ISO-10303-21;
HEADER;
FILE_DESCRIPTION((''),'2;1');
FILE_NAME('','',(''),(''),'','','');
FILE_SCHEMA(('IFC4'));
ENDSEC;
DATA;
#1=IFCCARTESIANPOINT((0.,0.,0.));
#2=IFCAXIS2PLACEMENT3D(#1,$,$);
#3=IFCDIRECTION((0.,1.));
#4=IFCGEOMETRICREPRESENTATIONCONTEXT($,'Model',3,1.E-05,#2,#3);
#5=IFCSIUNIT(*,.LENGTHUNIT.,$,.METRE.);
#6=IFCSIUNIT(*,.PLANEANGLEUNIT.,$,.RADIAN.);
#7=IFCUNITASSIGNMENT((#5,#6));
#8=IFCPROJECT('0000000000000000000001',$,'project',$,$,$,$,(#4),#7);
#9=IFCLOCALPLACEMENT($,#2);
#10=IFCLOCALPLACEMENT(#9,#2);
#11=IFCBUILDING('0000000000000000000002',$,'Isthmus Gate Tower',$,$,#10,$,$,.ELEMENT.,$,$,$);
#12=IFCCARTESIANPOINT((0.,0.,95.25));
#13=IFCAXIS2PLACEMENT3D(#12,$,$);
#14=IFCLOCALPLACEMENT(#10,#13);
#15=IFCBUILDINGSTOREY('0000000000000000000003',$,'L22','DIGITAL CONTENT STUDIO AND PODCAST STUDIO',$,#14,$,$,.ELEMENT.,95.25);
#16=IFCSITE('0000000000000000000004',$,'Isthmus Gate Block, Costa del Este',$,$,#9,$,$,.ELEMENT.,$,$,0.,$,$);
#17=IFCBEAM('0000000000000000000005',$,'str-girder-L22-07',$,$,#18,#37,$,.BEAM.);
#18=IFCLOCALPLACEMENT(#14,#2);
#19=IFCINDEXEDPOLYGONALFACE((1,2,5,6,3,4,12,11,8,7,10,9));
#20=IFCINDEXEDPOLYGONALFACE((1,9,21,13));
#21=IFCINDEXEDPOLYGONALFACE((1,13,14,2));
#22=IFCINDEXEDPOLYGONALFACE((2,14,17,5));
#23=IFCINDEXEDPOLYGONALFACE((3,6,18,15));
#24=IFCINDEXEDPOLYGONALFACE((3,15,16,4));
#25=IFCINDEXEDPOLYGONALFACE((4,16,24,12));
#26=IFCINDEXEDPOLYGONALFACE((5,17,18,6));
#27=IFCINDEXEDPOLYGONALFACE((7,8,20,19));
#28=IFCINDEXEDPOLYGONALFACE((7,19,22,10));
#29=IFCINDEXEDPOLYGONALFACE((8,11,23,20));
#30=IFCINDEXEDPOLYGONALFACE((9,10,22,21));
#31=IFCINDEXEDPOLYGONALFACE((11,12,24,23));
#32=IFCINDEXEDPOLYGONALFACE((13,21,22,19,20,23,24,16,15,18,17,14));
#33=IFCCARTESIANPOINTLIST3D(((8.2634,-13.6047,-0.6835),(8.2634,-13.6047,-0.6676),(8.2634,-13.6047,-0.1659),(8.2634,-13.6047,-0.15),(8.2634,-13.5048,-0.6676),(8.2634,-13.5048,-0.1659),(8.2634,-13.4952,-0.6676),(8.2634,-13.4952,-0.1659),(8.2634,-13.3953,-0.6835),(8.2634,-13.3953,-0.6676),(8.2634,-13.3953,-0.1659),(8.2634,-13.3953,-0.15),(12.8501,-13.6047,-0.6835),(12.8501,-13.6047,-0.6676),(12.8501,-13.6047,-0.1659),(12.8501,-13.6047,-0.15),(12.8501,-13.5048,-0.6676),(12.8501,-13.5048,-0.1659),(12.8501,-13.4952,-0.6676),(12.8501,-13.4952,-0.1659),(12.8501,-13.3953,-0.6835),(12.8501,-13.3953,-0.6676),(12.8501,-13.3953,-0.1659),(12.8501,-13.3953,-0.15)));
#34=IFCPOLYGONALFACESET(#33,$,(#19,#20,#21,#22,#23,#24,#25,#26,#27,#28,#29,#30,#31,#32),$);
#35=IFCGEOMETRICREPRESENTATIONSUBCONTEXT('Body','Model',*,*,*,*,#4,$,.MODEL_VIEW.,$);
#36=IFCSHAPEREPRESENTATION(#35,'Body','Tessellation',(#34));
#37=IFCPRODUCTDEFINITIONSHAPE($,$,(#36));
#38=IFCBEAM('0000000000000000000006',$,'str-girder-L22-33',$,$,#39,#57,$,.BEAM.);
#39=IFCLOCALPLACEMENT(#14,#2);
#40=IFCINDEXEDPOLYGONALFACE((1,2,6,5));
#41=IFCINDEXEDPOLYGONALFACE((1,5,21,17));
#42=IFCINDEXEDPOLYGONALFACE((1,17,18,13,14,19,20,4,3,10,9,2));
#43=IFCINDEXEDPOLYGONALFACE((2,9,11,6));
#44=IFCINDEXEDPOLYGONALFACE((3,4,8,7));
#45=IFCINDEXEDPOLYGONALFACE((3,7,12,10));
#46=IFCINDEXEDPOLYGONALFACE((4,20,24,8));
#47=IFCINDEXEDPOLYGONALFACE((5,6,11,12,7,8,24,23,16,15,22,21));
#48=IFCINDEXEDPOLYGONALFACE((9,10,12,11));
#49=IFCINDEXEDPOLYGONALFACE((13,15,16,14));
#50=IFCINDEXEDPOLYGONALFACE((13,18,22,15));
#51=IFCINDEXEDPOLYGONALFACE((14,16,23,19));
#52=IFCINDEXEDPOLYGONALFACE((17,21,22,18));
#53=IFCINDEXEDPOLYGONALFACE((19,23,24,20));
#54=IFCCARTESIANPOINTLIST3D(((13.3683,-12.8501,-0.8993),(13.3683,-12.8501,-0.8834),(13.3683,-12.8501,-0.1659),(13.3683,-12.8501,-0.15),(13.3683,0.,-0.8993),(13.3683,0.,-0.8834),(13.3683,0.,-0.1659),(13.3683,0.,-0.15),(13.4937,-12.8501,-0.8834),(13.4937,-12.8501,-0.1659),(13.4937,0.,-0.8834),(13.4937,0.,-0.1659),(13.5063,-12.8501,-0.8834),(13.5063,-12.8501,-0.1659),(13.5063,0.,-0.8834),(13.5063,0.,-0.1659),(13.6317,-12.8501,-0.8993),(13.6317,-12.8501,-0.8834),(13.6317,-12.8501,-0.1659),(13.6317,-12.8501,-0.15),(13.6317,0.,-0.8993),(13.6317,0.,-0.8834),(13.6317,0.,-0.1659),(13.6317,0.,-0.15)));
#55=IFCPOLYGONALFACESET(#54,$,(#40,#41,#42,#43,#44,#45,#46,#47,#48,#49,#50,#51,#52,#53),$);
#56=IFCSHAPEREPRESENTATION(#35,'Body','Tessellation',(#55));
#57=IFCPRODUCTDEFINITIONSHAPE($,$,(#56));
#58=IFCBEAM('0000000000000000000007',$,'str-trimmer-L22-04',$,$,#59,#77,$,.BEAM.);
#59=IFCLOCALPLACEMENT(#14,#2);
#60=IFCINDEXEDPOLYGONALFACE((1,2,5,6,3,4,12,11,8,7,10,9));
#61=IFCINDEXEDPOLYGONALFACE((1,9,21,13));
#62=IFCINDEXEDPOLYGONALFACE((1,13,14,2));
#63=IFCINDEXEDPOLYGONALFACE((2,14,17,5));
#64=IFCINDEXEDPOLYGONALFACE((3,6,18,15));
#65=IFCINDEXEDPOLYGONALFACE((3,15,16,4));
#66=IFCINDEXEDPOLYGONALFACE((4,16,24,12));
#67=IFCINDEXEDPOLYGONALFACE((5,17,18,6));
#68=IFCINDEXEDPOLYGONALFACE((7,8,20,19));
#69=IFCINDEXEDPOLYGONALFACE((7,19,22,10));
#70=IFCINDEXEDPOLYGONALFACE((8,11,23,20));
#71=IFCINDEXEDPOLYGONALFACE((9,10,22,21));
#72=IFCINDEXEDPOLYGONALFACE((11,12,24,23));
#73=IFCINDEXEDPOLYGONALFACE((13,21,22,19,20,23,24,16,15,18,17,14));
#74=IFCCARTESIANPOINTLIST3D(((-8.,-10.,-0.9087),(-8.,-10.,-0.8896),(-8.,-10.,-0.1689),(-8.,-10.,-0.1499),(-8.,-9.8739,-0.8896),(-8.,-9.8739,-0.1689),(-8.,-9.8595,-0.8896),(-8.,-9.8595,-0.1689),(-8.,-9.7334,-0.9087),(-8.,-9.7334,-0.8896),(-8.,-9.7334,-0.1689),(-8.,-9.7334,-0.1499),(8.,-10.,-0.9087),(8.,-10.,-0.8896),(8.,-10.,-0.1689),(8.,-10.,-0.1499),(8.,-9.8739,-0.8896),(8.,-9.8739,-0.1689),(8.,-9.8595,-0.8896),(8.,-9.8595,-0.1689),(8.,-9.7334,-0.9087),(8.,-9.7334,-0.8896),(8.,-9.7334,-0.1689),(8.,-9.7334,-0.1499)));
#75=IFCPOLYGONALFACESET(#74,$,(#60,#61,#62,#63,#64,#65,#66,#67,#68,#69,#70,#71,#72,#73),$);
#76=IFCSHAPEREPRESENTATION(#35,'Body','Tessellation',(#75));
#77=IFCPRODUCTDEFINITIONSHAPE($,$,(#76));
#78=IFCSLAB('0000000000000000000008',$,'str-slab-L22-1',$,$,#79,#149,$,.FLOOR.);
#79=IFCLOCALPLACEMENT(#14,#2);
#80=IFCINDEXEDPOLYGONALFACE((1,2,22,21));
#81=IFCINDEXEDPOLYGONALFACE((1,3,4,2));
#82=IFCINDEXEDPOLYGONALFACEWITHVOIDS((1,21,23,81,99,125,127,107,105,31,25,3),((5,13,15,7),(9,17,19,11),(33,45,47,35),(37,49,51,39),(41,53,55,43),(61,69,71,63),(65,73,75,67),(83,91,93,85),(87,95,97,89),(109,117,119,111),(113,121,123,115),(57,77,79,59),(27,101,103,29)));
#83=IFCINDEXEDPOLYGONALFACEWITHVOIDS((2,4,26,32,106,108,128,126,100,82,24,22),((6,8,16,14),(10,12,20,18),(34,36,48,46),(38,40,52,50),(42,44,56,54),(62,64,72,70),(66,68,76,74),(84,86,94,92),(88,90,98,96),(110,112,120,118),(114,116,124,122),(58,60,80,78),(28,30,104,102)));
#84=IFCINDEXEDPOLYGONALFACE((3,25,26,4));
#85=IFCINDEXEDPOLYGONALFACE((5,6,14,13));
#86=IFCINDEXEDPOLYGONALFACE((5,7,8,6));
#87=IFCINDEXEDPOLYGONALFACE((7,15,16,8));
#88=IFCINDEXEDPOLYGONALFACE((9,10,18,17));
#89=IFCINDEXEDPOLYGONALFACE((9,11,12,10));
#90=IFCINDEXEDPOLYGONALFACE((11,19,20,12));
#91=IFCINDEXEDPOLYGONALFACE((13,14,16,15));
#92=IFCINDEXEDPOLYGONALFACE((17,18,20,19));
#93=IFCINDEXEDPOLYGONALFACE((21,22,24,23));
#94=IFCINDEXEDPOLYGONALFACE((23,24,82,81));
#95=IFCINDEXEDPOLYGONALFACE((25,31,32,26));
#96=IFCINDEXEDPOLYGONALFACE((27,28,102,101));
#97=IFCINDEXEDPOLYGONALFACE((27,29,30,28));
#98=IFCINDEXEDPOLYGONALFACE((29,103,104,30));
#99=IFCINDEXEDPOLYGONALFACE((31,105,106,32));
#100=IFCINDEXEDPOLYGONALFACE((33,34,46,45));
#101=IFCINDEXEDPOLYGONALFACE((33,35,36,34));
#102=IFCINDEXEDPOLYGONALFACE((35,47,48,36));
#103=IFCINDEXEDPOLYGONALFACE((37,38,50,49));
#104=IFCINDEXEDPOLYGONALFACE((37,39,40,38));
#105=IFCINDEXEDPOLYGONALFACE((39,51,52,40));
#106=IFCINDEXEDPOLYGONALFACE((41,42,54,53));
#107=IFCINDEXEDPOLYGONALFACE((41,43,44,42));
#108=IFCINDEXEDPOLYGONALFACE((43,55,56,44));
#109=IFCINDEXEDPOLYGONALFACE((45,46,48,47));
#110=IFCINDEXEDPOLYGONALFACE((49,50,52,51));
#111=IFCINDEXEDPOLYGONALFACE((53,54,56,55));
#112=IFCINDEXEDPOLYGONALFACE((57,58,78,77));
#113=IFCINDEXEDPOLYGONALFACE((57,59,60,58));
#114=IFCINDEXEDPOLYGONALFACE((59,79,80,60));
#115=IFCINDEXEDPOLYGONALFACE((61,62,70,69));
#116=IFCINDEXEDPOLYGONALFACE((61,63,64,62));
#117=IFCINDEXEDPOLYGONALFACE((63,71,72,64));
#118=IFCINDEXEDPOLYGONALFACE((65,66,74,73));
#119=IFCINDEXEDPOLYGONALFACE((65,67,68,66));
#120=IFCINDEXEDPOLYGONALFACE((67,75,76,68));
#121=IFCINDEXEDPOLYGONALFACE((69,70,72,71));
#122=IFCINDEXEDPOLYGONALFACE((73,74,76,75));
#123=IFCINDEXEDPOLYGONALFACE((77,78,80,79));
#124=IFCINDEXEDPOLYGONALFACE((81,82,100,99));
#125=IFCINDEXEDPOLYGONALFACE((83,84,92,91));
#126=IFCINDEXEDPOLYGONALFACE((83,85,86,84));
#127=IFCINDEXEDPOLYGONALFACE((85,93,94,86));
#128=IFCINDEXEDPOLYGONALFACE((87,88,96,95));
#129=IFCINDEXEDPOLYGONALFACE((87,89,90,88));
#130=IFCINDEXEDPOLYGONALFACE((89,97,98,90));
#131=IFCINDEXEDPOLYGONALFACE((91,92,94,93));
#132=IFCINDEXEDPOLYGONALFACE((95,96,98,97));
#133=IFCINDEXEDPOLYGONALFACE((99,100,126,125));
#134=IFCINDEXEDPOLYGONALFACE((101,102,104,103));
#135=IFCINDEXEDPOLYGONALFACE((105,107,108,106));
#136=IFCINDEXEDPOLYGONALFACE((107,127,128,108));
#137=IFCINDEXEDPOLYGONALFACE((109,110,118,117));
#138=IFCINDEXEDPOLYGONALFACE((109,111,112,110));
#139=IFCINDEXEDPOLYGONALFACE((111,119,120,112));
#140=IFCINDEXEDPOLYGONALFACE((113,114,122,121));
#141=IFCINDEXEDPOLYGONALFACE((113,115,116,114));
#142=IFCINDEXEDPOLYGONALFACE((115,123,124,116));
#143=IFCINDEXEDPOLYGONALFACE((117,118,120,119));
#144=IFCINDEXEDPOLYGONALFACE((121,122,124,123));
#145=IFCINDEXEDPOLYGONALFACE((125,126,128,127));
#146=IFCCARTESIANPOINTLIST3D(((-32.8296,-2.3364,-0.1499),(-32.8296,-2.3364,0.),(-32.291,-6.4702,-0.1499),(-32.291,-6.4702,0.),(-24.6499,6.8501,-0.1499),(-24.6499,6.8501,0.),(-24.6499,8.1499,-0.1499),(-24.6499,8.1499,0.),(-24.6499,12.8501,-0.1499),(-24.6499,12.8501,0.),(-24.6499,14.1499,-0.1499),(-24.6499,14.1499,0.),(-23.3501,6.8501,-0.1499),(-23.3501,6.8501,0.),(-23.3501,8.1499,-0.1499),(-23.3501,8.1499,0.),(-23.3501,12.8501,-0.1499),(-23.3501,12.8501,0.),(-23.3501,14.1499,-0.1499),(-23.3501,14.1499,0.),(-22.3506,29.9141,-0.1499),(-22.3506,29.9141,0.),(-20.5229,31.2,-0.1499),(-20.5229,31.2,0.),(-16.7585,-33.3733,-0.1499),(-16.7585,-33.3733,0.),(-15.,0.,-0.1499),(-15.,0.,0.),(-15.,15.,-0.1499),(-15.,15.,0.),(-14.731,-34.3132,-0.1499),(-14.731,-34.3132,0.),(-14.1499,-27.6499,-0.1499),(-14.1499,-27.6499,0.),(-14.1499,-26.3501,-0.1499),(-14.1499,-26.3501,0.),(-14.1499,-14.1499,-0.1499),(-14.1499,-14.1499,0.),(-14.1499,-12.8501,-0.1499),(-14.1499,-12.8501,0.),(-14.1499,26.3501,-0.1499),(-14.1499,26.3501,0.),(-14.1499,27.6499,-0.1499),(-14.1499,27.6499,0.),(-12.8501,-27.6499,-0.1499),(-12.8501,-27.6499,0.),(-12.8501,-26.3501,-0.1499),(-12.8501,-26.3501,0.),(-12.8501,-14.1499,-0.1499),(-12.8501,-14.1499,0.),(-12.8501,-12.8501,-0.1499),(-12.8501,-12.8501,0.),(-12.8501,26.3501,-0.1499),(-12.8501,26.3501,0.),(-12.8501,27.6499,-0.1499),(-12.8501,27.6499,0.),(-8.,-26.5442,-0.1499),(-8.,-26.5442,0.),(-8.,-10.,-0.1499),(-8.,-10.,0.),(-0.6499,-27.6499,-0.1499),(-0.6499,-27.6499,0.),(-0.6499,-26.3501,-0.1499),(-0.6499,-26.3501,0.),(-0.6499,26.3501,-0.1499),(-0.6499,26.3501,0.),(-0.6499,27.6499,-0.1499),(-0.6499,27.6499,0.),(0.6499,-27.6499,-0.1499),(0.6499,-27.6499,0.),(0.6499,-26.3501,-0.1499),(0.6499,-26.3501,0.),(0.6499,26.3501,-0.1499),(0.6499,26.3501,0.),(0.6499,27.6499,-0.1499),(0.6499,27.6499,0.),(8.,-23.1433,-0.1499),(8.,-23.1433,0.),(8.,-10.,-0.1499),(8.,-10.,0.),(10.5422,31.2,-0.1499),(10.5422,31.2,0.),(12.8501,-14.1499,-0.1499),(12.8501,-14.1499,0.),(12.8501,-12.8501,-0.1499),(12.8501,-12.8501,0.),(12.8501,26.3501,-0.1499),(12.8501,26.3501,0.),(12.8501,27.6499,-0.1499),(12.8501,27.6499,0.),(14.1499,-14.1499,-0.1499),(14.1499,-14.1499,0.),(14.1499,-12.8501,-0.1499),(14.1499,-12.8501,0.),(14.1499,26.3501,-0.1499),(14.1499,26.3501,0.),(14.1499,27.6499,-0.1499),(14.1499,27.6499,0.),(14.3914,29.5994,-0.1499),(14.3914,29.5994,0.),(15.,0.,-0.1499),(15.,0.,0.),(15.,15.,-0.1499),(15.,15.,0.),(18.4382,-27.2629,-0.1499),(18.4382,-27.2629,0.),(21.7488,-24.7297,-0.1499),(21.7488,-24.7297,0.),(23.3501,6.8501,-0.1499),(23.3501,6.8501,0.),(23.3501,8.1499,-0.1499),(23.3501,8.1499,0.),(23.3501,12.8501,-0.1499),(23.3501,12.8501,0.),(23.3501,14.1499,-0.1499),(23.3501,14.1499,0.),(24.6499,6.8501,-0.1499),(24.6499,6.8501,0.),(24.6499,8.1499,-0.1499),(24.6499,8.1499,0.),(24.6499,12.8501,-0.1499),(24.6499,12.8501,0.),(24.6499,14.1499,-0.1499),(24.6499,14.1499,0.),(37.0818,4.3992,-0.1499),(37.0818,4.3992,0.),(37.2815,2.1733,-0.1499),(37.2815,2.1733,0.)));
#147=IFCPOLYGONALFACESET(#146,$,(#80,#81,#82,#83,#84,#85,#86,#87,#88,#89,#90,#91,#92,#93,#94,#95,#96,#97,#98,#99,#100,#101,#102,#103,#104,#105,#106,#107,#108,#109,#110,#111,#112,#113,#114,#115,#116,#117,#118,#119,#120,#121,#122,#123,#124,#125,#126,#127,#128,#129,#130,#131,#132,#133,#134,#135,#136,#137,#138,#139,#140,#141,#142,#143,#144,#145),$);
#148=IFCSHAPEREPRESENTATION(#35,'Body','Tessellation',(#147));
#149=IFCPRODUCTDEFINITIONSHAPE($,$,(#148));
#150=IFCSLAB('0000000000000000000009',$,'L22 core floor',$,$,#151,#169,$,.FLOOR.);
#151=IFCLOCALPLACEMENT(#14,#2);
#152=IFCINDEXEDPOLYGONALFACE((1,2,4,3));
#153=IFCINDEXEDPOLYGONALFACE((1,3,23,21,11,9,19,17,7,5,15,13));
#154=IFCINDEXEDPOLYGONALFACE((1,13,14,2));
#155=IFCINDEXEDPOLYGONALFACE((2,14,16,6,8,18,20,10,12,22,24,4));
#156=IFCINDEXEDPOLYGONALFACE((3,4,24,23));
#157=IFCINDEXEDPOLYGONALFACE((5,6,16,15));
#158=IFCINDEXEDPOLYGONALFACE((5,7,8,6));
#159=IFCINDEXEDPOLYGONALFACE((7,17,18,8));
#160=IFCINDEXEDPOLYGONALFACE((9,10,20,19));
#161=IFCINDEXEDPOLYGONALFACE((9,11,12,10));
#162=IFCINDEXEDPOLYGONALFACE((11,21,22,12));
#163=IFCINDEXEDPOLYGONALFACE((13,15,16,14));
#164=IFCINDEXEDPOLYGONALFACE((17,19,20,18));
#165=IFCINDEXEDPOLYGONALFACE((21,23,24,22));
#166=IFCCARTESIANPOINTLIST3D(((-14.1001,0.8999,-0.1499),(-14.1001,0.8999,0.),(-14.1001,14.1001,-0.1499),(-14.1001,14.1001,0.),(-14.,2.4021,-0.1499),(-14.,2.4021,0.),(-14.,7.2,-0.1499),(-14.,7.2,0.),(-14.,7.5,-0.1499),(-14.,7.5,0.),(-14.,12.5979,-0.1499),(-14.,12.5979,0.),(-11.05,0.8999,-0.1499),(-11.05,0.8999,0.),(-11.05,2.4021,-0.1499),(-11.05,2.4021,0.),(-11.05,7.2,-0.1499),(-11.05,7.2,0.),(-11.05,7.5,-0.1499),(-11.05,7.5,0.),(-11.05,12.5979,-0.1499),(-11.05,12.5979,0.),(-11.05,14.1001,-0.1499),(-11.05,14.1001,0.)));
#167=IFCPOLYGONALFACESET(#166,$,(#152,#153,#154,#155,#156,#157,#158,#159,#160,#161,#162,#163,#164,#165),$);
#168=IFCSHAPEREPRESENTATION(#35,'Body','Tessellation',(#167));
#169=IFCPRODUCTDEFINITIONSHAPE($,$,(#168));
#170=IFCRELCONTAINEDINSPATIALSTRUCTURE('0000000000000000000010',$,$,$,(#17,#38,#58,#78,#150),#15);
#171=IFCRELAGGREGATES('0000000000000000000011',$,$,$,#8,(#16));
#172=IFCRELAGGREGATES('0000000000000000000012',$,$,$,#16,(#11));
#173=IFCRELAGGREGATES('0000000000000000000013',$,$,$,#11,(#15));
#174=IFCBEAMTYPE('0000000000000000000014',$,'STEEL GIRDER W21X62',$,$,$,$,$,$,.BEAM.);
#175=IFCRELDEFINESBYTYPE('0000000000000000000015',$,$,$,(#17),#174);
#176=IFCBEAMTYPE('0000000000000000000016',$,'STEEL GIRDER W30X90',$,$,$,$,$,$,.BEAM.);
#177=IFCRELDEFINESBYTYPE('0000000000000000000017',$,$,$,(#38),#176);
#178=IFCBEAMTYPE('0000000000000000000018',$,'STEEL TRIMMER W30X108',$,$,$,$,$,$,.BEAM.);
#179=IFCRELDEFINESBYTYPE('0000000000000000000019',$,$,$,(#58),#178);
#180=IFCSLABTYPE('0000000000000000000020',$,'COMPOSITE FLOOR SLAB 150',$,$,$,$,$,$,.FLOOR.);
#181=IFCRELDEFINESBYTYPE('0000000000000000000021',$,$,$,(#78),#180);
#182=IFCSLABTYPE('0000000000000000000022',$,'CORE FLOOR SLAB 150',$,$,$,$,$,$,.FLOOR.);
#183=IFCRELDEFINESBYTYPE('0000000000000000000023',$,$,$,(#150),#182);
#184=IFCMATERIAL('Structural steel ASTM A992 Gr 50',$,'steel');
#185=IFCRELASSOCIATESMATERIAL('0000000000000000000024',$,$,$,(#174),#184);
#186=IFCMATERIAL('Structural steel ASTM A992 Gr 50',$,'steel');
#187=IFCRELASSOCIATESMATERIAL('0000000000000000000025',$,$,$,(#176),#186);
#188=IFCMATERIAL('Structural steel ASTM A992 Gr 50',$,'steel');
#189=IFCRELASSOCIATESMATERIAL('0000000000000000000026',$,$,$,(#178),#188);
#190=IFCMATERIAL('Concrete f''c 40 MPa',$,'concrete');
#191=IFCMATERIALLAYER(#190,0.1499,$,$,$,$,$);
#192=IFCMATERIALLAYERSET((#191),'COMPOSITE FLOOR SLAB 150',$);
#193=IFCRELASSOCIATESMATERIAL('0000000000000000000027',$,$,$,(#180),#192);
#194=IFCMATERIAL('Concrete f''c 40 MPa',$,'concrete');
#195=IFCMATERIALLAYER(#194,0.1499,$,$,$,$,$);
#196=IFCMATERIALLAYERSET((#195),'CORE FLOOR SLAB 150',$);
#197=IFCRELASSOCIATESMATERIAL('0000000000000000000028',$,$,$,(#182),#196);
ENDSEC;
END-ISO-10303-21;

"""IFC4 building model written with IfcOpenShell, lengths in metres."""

from ifc_helpers import new_model, si_unit, direction, frame, origin, origin_2d, place, context, subcontext, project, spatial, polyline, i_section, outline, extrude, material, layer, layer_set, material_profile, profile_set, type_object, element, save


model = new_model("IFC4")

# Units and contexts
model_context = context("Model", 3, precision=1e-05, world=origin(), true_north=direction((0.0, 1.0)))
body_context = subcontext(model_context, "Body", "Model", "MODEL_VIEW")
ifc_project = project(units=[si_unit("LENGTHUNIT", "METRE"), si_unit("PLANEANGLEUNIT", "RADIAN")], contexts=[model_context])

# Site, building, storey
site_placement = place(None, origin())
site = spatial("IfcSite", under=ifc_project, at=site_placement, Name="Isthmus Gate Block, Costa del Este", CompositionType="ELEMENT", RefElevation=0.0)
building_placement = place(site_placement, origin())
building = spatial("IfcBuilding", under=site, at=building_placement, Name="Isthmus Gate Tower", CompositionType="ELEMENT")
storey_placement = place(building_placement, frame((0.0, 0.0, 95.25)))
storey = spatial("IfcBuildingStorey", under=building, at=storey_placement, Name="L22", Description="DIGITAL CONTENT STUDIO AND PODCAST STUDIO", CompositionType="ELEMENT", Elevation=95.25)

# Beams
ifc_material_1 = material(Name="Structural steel ASTM A992 Gr 50", Category="steel")
ifc_material_profile_1 = material_profile(ifc_material_1, i_section(OverallWidth=0.2095, OverallDepth=0.5334, WebThickness=0.0095, FlangeThickness=0.0159, at=origin_2d()), Name="W21X62")
ifc_profile_set_1 = profile_set([ifc_material_profile_1], Name="Structural steel ASTM A992 Gr 50")
beam_type_1 = type_object("IfcBeamType", Name="STEEL GIRDER W21X62", PredefinedType="BEAM", material=ifc_profile_set_1)
beam_1_placement = place(storey_placement, frame((8.2634, -13.5, -0.4167), z_axis=(1.0, 0.0, 0.0), x_axis=(0.0, 1.0, 0.0)))
element("IfcBeam", 1, at=beam_1_placement, inside=storey, type_object=beam_type_1, Name="str-girder-L22-07", PredefinedType="BEAM", context=body_context, shape_type="SweptSolid", body=[
    extrude(i_section(OverallWidth=0.2095, OverallDepth=0.5334, WebThickness=0.0095, FlangeThickness=0.0159, at=origin_2d()), origin(), (0.0, 0.0, 1.0), 4.5867),
])
ifc_material_2 = material(Name="Structural steel ASTM A992 Gr 50", Category="steel")
ifc_material_profile_2 = material_profile(ifc_material_2, i_section(OverallWidth=0.2634, OverallDepth=0.7493, WebThickness=0.0127, FlangeThickness=0.0159, at=origin_2d()), Name="W30X90")
ifc_profile_set_2 = profile_set([ifc_material_profile_2], Name="Structural steel ASTM A992 Gr 50")
beam_type_2 = type_object("IfcBeamType", Name="STEEL GIRDER W30X90", PredefinedType="BEAM", material=ifc_profile_set_2)
beam_2_placement = place(storey_placement, frame((13.5, -12.8501, -0.5247), z_axis=(0.0, 1.0, 0.0), x_axis=(-1.0, 0.0, 0.0)))
element("IfcBeam", 2, at=beam_2_placement, inside=storey, type_object=beam_type_2, Name="str-girder-L22-33", PredefinedType="BEAM", context=body_context, shape_type="SweptSolid", body=[
    extrude(i_section(OverallWidth=0.2634, OverallDepth=0.7493, WebThickness=0.0127, FlangeThickness=0.0159, at=origin_2d()), origin(), (0.0, 0.0, 1.0), 12.8501),
])
ifc_material_3 = material(Name="Structural steel ASTM A992 Gr 50", Category="steel")
ifc_material_profile_3 = material_profile(ifc_material_3, i_section(OverallWidth=0.2666, OverallDepth=0.7588, WebThickness=0.0144, FlangeThickness=0.019, at=origin_2d()), Name="W30X108")
ifc_profile_set_3 = profile_set([ifc_material_profile_3], Name="Structural steel ASTM A992 Gr 50")
beam_type_3 = type_object("IfcBeamType", Name="STEEL TRIMMER W30X108", PredefinedType="BEAM", material=ifc_profile_set_3)
beam_3_placement = place(storey_placement, frame((8.0, -9.8667, -0.5293), z_axis=(-1.0, 0.0, 0.0), x_axis=(0.0, -1.0, 0.0)))
element("IfcBeam", 3, at=beam_3_placement, inside=storey, type_object=beam_type_3, Name="str-trimmer-L22-04", PredefinedType="BEAM", context=body_context, shape_type="SweptSolid", body=[
    extrude(i_section(OverallWidth=0.2666, OverallDepth=0.7588, WebThickness=0.0144, FlangeThickness=0.019, at=origin_2d()), origin(), (0.0, 0.0, 1.0), 16.0),
])

# Slabs
ifc_material_4 = material(Name="Concrete f'c 40 MPa", Category="concrete")
ifc_layer_1 = layer(ifc_material_4, 0.1499)
ifc_layer_set_1 = layer_set([ifc_layer_1], Name="COMPOSITE FLOOR SLAB 150")
slab_type_1 = type_object("IfcSlabType", Name="COMPOSITE FLOOR SLAB 150", PredefinedType="FLOOR", material=ifc_layer_set_1)
slab_1_placement = place(storey_placement, frame((0.0, 0.0, -0.1499)))
element("IfcSlab", 4, at=slab_1_placement, inside=storey, type_object=slab_type_1, Name="str-slab-L22-1", PredefinedType="FLOOR", context=body_context, shape_type="SweptSolid", body=[
    extrude(outline(polyline([(14.3914, 29.5994), (37.0818, 4.3992), (37.2815, 2.1733), (21.7488, -24.7297), (18.4382, -27.2629), (-14.731, -34.3132), (-16.7585, -33.3733), (-32.291, -6.4702), (-32.8296, -2.3364), (-22.3506, 29.9141), (-20.5229, 31.2), (10.5422, 31.2), (14.3914, 29.5994)]), holes=[polyline([(-14.1499, -27.6499), (-12.8501, -27.6499), (-12.8501, -26.3501), (-14.1499, -26.3501), (-14.1499, -27.6499)]), polyline([(-0.6499, -26.3501), (-0.6499, -27.6499), (0.6499, -27.6499), (0.6499, -26.3501), (-0.6499, -26.3501)]), polyline([(-14.1499, -12.8501), (-14.1499, -14.1499), (-12.8501, -14.1499), (-12.8501, -12.8501), (-14.1499, -12.8501)]), polyline([(-24.6499, 8.1499), (-24.6499, 6.8501), (-23.3501, 6.8501), (-23.3501, 8.1499), (-24.6499, 8.1499)]), polyline([(-23.3501, 14.1499), (-24.6499, 14.1499), (-24.6499, 12.8501), (-23.3501, 12.8501), (-23.3501, 14.1499)]), polyline([(-14.1499, 27.6499), (-14.1499, 26.3501), (-12.8501, 26.3501), (-12.8501, 27.6499), (-14.1499, 27.6499)]), polyline([(-0.6499, 27.6499), (-0.6499, 26.3501), (0.6499, 26.3501), (0.6499, 27.6499), (-0.6499, 27.6499)]), polyline([(8.0, -23.1433), (8.0, -10.0), (-8.0, -10.0), (-8.0, -26.5442), (8.0, -23.1433)]), polyline([(14.1499, -12.8501), (12.8501, -12.8501), (12.8501, -14.1499), (14.1499, -14.1499), (14.1499, -12.8501)]), polyline([(15.0, 15.0), (-15.0, 15.0), (-15.0, 0.0), (15.0, 0.0), (15.0, 15.0)]), polyline([(24.6499, 8.1499), (23.3501, 8.1499), (23.3501, 6.8501), (24.6499, 6.8501), (24.6499, 8.1499)]), polyline([(23.3501, 14.1499), (23.3501, 12.8501), (24.6499, 12.8501), (24.6499, 14.1499), (23.3501, 14.1499)]), polyline([(14.1499, 27.6499), (12.8501, 27.6499), (12.8501, 26.3501), (14.1499, 26.3501), (14.1499, 27.6499)])]), origin(), (0.0, 0.0, 1.0), 0.1499),
])
ifc_material_5 = material(Name="Concrete f'c 40 MPa", Category="concrete")
ifc_layer_2 = layer(ifc_material_5, 0.1499)
ifc_layer_set_2 = layer_set([ifc_layer_2], Name="CORE FLOOR SLAB 150")
slab_type_2 = type_object("IfcSlabType", Name="CORE FLOOR SLAB 150", PredefinedType="FLOOR", material=ifc_layer_set_2)
slab_2_placement = place(storey_placement, frame((0.0, 0.0, -0.1499)))
element("IfcSlab", 5, at=slab_2_placement, inside=storey, type_object=slab_type_2, Name="L22 core floor", PredefinedType="FLOOR", context=body_context, shape_type="SweptSolid", body=[
    extrude(outline(polyline([(-11.05, 0.8999), (-11.05, 2.4021), (-14.0, 2.4021), (-14.0, 7.2), (-11.05, 7.2), (-11.05, 7.5), (-14.0, 7.5), (-14.0, 12.5979), (-11.05, 12.5979), (-11.05, 14.1001), (-14.1001, 14.1001), (-14.1001, 0.8999), (-11.05, 0.8999)])), origin(), (0.0, 0.0, 1.0), 0.1499),
])

save(model, "model.ifc")
